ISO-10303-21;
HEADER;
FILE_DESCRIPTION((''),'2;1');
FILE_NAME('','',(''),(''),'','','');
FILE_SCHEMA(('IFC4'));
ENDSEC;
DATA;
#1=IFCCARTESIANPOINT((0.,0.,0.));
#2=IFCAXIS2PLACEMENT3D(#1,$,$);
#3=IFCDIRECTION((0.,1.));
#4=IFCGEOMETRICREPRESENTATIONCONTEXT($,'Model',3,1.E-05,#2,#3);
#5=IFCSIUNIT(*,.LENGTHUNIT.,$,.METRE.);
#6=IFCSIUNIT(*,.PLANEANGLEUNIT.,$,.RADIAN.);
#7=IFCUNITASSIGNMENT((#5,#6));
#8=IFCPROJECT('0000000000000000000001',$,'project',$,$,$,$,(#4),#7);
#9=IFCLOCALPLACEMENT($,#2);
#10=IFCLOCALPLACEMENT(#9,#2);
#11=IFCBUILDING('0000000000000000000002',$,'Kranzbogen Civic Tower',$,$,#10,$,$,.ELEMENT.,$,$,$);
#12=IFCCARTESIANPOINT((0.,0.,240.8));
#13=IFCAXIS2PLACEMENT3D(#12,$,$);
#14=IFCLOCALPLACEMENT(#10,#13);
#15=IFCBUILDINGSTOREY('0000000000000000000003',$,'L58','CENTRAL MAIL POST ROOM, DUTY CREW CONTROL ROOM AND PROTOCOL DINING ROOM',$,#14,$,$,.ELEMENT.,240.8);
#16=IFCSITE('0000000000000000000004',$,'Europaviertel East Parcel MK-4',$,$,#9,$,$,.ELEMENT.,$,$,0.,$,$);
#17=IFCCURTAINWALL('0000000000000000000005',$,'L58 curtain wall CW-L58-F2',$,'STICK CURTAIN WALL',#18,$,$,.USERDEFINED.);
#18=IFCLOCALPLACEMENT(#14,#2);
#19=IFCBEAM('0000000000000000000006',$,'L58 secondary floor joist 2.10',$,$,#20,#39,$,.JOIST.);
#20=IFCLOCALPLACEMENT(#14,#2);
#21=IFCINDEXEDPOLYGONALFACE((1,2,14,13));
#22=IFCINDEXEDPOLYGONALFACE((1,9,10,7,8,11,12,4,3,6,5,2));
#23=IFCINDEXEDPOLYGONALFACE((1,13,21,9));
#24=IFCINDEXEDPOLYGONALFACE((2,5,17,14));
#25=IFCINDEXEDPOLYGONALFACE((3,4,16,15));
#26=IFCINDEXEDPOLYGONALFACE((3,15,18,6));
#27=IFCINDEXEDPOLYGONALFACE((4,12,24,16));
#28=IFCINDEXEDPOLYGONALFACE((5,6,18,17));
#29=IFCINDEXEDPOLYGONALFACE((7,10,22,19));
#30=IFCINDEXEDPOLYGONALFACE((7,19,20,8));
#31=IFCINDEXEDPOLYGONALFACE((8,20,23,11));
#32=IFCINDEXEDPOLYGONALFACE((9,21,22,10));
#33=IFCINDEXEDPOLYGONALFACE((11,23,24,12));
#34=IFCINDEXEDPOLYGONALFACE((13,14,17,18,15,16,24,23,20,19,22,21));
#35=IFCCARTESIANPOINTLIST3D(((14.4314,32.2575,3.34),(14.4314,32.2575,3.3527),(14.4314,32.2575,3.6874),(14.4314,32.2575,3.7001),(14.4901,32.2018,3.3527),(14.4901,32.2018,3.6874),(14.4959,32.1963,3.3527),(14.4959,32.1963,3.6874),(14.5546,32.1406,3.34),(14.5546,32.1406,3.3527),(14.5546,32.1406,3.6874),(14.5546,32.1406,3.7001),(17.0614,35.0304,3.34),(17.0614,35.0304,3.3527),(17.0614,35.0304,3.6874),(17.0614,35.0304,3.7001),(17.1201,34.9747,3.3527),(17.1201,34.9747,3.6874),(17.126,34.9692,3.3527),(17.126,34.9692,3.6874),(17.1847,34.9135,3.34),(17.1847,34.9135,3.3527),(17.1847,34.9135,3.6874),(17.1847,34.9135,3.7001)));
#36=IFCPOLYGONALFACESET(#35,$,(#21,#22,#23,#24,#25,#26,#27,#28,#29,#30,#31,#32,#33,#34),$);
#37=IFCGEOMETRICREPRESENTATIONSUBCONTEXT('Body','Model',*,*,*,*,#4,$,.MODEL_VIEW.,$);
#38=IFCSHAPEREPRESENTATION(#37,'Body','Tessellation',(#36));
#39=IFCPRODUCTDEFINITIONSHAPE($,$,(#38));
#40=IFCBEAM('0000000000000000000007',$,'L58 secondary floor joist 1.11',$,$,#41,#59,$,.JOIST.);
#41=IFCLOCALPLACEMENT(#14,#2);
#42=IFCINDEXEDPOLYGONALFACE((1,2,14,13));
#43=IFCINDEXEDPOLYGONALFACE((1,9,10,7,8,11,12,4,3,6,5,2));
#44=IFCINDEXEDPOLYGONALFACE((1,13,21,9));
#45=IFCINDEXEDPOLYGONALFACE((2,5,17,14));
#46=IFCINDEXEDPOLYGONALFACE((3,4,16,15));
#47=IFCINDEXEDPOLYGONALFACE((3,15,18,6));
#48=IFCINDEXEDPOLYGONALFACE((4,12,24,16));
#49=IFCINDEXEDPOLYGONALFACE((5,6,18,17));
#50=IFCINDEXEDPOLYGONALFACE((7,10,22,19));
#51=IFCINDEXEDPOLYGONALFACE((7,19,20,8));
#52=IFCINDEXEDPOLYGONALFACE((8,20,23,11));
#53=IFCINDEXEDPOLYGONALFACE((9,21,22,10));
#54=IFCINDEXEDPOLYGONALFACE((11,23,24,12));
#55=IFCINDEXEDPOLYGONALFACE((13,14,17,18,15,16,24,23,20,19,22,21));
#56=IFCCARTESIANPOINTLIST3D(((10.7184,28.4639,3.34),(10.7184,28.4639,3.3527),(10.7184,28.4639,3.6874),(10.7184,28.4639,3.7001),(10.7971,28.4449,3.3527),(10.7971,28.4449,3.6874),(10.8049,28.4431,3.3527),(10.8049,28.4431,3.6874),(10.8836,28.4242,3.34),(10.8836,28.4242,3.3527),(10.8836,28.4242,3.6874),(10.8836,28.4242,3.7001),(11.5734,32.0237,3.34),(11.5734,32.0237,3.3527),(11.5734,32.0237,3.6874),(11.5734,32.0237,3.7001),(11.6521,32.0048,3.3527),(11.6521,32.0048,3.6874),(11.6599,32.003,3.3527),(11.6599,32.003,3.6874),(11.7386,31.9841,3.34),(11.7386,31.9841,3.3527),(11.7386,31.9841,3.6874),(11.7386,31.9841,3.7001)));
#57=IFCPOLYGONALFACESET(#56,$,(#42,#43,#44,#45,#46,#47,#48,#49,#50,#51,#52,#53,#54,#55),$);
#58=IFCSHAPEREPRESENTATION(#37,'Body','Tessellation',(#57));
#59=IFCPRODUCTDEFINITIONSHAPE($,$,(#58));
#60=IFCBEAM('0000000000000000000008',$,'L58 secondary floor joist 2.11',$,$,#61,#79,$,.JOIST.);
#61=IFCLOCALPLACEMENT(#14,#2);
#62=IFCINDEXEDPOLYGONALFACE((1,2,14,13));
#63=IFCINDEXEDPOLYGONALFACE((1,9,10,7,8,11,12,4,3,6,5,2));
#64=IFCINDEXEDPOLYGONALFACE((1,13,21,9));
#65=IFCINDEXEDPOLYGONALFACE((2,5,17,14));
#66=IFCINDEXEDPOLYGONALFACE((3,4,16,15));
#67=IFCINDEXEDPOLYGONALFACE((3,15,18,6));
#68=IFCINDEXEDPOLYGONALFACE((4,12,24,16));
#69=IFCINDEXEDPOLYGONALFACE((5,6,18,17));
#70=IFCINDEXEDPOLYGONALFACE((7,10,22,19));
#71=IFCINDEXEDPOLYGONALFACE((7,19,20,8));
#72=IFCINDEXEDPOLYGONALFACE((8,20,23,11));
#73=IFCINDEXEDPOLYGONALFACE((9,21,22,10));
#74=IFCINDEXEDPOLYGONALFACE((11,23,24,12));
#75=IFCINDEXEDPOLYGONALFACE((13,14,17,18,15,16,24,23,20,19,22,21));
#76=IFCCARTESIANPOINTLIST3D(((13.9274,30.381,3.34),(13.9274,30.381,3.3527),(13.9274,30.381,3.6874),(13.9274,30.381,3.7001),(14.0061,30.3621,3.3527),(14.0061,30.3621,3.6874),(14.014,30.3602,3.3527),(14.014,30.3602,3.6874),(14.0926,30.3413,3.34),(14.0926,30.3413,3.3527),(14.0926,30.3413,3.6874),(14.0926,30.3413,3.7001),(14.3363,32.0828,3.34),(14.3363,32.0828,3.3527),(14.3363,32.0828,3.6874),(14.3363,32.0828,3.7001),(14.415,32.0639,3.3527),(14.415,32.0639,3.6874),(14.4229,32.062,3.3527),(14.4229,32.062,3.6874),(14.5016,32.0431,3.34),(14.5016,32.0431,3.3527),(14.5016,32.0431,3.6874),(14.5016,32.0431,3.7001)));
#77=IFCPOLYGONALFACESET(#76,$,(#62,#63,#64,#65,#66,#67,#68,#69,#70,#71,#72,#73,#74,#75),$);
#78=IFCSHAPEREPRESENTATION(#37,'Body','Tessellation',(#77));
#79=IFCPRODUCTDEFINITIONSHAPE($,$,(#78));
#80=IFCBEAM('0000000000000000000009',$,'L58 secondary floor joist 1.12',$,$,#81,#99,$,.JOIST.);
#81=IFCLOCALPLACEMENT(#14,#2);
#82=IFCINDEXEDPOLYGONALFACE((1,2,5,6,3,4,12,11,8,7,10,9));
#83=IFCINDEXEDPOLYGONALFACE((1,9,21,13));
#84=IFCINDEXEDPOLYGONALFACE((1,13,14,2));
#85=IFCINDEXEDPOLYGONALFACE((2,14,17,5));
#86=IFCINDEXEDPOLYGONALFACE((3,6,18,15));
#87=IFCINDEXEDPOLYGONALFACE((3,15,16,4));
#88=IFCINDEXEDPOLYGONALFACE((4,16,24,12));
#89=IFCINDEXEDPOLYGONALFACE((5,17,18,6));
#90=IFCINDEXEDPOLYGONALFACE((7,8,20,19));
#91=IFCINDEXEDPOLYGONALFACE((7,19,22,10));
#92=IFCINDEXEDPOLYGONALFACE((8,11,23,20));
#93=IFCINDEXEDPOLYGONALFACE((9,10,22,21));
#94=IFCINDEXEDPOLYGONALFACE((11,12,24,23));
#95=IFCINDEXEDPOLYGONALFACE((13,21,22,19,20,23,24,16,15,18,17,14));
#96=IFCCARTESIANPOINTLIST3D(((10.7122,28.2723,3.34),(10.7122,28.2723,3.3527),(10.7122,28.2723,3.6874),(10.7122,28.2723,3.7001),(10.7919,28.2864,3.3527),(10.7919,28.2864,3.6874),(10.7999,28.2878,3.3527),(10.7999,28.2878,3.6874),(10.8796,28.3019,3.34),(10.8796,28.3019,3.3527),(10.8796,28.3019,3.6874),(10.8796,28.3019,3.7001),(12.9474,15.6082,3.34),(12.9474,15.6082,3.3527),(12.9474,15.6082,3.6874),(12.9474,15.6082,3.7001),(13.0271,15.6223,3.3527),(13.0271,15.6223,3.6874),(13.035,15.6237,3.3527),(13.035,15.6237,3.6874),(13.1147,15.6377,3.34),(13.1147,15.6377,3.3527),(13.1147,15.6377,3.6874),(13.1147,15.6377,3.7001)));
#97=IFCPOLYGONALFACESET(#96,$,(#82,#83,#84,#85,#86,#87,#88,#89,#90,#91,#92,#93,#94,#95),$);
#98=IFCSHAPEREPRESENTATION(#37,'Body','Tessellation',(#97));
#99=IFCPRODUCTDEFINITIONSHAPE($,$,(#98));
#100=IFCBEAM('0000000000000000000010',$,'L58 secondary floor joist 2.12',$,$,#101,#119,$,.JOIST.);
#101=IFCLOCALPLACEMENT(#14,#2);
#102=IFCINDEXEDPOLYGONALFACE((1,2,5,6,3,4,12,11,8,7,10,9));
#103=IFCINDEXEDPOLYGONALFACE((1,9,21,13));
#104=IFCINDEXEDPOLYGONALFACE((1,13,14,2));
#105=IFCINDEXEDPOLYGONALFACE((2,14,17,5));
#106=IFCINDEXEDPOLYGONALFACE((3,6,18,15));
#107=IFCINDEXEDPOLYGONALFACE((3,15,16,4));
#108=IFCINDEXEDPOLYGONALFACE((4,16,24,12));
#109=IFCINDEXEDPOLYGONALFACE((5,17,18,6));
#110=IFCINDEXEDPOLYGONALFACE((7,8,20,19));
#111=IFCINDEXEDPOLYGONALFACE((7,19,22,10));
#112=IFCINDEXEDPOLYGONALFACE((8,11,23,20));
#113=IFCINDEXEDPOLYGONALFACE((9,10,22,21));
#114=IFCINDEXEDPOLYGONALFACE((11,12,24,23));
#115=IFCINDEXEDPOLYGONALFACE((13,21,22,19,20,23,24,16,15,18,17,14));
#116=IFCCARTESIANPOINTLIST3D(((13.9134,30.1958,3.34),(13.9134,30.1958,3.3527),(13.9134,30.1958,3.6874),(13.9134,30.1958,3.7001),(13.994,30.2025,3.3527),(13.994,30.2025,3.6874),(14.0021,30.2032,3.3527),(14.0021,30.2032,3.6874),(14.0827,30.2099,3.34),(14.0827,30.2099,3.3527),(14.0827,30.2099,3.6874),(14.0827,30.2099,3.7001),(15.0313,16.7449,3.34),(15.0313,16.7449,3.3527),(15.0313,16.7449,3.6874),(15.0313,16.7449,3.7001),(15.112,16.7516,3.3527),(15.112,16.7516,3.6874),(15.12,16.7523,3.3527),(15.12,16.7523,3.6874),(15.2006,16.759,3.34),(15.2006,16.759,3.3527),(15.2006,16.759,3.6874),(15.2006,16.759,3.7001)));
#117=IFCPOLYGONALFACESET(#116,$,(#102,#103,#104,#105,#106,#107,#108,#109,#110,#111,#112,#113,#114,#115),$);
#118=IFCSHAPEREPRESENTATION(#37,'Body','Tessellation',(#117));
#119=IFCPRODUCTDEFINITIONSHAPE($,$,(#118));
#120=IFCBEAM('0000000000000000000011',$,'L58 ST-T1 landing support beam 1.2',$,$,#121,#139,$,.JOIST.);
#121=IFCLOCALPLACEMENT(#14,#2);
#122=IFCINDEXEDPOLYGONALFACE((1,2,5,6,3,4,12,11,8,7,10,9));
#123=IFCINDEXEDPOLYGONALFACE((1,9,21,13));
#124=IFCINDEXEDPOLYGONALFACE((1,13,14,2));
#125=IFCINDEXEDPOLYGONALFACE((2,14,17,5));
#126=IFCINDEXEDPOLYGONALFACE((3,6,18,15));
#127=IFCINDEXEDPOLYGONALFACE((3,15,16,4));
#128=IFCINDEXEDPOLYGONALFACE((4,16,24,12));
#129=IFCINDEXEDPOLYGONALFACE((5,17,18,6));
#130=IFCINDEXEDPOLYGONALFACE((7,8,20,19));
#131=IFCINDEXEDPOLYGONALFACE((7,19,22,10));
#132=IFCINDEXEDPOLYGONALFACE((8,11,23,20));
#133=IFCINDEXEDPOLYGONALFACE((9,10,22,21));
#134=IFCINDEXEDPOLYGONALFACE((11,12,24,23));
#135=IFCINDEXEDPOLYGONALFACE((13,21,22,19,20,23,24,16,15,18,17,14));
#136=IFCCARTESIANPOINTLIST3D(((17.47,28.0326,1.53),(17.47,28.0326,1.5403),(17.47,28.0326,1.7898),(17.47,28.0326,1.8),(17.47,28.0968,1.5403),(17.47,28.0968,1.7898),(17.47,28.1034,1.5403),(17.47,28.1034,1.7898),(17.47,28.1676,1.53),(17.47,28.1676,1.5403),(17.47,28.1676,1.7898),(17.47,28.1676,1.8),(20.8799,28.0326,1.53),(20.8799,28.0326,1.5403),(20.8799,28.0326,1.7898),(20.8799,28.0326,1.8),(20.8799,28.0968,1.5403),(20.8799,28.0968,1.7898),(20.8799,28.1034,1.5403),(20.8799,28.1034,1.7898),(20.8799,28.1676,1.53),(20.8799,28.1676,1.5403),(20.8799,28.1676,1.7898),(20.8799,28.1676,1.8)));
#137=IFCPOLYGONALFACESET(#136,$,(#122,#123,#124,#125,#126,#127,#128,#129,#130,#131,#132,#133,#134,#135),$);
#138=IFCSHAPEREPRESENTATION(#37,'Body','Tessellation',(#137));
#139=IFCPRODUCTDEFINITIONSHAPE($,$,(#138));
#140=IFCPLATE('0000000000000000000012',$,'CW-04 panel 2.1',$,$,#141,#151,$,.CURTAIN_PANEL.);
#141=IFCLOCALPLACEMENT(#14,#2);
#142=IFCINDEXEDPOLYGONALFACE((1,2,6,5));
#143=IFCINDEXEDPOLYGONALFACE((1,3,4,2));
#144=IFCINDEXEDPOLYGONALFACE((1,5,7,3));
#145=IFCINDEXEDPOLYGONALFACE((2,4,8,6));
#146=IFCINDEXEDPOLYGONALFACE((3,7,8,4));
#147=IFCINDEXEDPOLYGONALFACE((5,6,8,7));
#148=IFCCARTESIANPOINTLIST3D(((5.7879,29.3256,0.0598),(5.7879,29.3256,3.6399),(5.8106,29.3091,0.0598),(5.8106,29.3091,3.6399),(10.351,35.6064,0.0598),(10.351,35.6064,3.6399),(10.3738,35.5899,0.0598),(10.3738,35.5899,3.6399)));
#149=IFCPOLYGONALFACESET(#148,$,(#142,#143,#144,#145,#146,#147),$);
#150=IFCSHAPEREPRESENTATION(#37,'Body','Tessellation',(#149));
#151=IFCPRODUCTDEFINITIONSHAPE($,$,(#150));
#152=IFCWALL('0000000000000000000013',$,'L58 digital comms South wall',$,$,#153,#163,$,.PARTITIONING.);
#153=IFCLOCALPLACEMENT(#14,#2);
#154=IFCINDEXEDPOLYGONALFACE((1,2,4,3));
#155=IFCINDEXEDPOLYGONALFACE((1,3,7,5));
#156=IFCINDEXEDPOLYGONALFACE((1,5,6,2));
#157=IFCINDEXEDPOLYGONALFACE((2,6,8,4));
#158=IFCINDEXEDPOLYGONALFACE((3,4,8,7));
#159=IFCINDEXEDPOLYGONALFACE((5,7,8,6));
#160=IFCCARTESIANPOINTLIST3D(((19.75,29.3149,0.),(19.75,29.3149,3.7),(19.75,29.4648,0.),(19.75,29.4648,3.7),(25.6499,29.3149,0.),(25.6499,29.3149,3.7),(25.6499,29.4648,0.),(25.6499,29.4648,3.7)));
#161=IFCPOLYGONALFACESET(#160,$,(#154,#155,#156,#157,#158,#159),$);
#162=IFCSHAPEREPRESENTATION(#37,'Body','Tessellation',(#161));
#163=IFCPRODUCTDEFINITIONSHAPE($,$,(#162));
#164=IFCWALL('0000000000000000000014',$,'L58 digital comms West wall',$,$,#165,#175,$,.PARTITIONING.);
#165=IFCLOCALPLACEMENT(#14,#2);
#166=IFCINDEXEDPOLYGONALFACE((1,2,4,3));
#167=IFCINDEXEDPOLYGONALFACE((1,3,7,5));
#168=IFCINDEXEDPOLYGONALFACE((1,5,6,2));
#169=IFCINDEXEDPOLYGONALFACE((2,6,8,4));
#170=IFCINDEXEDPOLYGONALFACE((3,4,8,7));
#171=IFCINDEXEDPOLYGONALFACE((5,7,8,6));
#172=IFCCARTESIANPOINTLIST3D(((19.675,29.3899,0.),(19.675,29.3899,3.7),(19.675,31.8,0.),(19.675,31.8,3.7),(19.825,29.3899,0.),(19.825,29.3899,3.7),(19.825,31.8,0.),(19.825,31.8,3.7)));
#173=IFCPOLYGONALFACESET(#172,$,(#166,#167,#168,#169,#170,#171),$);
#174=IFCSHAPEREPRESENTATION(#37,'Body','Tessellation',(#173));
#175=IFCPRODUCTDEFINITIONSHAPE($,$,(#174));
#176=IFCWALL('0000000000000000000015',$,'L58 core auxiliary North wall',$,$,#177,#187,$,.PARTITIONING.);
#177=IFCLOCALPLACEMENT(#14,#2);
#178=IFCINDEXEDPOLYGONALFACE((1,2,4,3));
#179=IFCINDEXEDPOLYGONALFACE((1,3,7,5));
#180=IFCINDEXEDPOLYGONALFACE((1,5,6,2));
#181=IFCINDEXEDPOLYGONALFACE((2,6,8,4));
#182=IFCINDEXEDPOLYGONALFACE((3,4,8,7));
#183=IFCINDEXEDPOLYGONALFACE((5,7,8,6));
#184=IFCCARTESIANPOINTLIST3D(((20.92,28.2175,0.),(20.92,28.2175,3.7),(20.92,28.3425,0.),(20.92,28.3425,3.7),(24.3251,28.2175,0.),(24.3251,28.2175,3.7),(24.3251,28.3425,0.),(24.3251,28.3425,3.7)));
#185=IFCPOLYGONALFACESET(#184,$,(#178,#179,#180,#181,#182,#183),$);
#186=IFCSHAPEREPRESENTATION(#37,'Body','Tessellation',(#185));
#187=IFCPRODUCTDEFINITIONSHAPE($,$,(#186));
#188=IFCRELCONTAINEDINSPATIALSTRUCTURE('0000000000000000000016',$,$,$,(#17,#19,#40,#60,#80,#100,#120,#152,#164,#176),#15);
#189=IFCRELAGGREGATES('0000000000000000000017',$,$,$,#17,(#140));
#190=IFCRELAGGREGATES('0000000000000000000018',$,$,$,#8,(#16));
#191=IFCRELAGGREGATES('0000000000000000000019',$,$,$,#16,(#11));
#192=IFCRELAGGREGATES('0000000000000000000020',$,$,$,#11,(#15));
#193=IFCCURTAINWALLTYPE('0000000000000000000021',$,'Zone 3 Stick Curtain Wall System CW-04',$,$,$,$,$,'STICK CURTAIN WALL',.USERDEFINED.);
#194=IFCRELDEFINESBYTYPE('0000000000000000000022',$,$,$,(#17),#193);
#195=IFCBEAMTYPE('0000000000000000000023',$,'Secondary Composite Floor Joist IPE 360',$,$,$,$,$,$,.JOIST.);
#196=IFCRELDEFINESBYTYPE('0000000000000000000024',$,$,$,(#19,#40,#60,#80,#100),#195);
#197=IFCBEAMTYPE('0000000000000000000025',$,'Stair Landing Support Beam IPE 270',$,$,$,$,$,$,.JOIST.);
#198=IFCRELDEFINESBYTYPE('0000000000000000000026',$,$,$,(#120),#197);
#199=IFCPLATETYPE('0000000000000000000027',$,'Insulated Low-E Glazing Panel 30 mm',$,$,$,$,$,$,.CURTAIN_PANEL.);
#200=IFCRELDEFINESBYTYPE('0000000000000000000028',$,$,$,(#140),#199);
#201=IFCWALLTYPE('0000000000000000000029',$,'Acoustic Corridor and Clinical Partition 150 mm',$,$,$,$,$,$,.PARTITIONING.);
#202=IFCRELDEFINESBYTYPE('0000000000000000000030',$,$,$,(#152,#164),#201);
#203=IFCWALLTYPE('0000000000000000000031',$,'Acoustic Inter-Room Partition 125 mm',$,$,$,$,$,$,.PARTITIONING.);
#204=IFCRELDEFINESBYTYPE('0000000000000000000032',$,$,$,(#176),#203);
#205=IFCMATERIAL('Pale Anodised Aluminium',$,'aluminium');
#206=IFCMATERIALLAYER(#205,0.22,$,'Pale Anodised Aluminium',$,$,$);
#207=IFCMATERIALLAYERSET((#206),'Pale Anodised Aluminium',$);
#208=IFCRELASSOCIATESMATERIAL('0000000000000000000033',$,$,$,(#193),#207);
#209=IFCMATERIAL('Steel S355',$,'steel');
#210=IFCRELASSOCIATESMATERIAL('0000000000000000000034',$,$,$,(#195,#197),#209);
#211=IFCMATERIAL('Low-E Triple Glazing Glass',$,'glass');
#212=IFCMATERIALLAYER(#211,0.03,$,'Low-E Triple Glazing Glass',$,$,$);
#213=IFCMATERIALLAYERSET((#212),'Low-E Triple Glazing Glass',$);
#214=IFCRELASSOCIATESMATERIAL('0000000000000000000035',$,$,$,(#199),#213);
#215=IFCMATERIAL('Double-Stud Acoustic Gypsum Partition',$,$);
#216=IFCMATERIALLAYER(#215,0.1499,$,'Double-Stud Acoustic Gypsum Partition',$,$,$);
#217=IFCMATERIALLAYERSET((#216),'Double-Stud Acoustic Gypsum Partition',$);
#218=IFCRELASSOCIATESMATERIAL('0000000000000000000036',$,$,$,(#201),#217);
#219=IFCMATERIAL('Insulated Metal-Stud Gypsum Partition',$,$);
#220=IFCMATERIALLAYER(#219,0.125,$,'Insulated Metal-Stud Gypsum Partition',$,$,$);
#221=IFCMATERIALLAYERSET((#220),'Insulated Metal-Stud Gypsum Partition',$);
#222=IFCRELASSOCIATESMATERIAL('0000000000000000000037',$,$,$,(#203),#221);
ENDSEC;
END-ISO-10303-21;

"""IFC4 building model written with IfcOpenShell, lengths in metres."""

from ifc_helpers import new_model, si_unit, direction, frame, frame_2d, origin, origin_2d, place, context, subcontext, project, spatial, rectangle, i_section, extrude, material, layer, layer_set, material_profile, profile_set, type_object, element, aggregate, save


model = new_model("IFC4")

# Units and contexts
model_context = context("Model", 3, precision=1e-05, world=origin(), true_north=direction((0.0, 1.0)))
body_context = subcontext(model_context, "Body", "Model", "MODEL_VIEW")
ifc_project = project(units=[si_unit("LENGTHUNIT", "METRE"), si_unit("PLANEANGLEUNIT", "RADIAN")], contexts=[model_context])

# Site, building, storey
site_placement = place(None, origin())
site = spatial("IfcSite", under=ifc_project, at=site_placement, Name="Europaviertel East Parcel MK-4", CompositionType="ELEMENT", RefElevation=0.0)
building_placement = place(site_placement, origin())
building = spatial("IfcBuilding", under=site, at=building_placement, Name="Kranzbogen Civic Tower", CompositionType="ELEMENT")
storey_placement = place(building_placement, frame((0.0, 0.0, 240.8)))
storey = spatial("IfcBuildingStorey", under=building, at=storey_placement, Name="L58", Description="CENTRAL MAIL POST ROOM, DUTY CREW CONTROL ROOM AND PROTOCOL DINING ROOM", CompositionType="ELEMENT", Elevation=240.8)

# Shared definitions
ifc_material_1 = material(Name="Steel S355", Category="steel")

# Curtain wall
ifc_material_2 = material(Name="Pale Anodised Aluminium", Category="aluminium")
ifc_layer_1 = layer(ifc_material_2, 0.22, Name="Pale Anodised Aluminium")
ifc_layer_set_1 = layer_set([ifc_layer_1], Name="Pale Anodised Aluminium")
curtain_wall_type = type_object("IfcCurtainWallType", Name="Zone 3 Stick Curtain Wall System CW-04", ElementType="STICK CURTAIN WALL", PredefinedType="USERDEFINED", material=ifc_layer_set_1)
curtain_wall_placement = place(storey_placement, origin())
curtain_wall = element("IfcCurtainWall", 1, at=curtain_wall_placement, inside=storey, type_object=curtain_wall_type, Name="L58 curtain wall CW-L58-F2", ObjectType="STICK CURTAIN WALL", PredefinedType="USERDEFINED")

# Beams
ifc_material_profile_1 = material_profile(ifc_material_1, i_section(OverallWidth=0.1699, OverallDepth=0.3601, WebThickness=0.0081, FlangeThickness=0.0127, at=origin_2d()), Name="IPE 360")
ifc_profile_set_1 = profile_set([ifc_material_profile_1], Name="Steel S355")
beam_type_1 = type_object("IfcBeamType", Name="Secondary Composite Floor Joist IPE 360", PredefinedType="JOIST", material=ifc_profile_set_1)
beam_1_placement = place(storey_placement, frame((17.123, 34.9719, 3.52), z_axis=(-0.688175, -0.725545, 0.0), x_axis=(0.725545, -0.688175, 0.0)))
element("IfcBeam", 2, at=beam_1_placement, inside=storey, type_object=beam_type_1, Name="L58 secondary floor joist 2.10", PredefinedType="JOIST", context=body_context, shape_type="SweptSolid", body=[
    extrude(i_section(OverallWidth=0.1699, OverallDepth=0.3601, WebThickness=0.0081, FlangeThickness=0.0127, at=origin_2d()), origin(), (0.0, 0.0, 1.0), 3.8218),
])
beam_2_placement = place(storey_placement, frame((11.656, 32.0039, 3.52), z_axis=(-0.233534, -0.972349, 0.0), x_axis=(0.972349, -0.233534, 0.0)))
element("IfcBeam", 3, at=beam_2_placement, inside=storey, type_object=beam_type_1, Name="L58 secondary floor joist 1.11", PredefinedType="JOIST", context=body_context, shape_type="SweptSolid", body=[
    extrude(i_section(OverallWidth=0.1699, OverallDepth=0.3601, WebThickness=0.0081, FlangeThickness=0.0127, at=origin_2d()), origin(), (0.0, 0.0, 1.0), 3.6611),
])
beam_3_placement = place(storey_placement, frame((14.4189, 32.063, 3.52), z_axis=(-0.233631, -0.972325, 0.0), x_axis=(0.972325, -0.233631, 0.0)))
element("IfcBeam", 4, at=beam_3_placement, inside=storey, type_object=beam_type_1, Name="L58 secondary floor joist 2.11", PredefinedType="JOIST", context=body_context, shape_type="SweptSolid", body=[
    extrude(i_section(OverallWidth=0.1699, OverallDepth=0.3601, WebThickness=0.0081, FlangeThickness=0.0127, at=origin_2d()), origin(), (0.0, 0.0, 1.0), 1.7502),
])
beam_4_placement = place(storey_placement, frame((10.7959, 28.2871, 3.52), z_axis=(0.173806, -0.98478, 0.0), x_axis=(0.98478, 0.173806, 0.0)))
element("IfcBeam", 5, at=beam_4_placement, inside=storey, type_object=beam_type_1, Name="L58 secondary floor joist 1.12", PredefinedType="JOIST", context=body_context, shape_type="SweptSolid", body=[
    extrude(i_section(OverallWidth=0.1699, OverallDepth=0.3601, WebThickness=0.0081, FlangeThickness=0.0127, at=origin_2d()), origin(), (0.0, 0.0, 1.0), 12.8599),
])
beam_5_placement = place(storey_placement, frame((13.998, 30.2029, 3.52), z_axis=(0.082825, -0.996564, 0.0), x_axis=(0.996564, 0.082825, 0.0)))
element("IfcBeam", 6, at=beam_5_placement, inside=storey, type_object=beam_type_1, Name="L58 secondary floor joist 2.12", PredefinedType="JOIST", context=body_context, shape_type="SweptSolid", body=[
    extrude(i_section(OverallWidth=0.1699, OverallDepth=0.3601, WebThickness=0.0081, FlangeThickness=0.0127, at=origin_2d()), origin(), (0.0, 0.0, 1.0), 13.4973),
])
ifc_material_profile_2 = material_profile(ifc_material_1, i_section(OverallWidth=0.135, OverallDepth=0.27, WebThickness=0.0066, FlangeThickness=0.0103, at=origin_2d()), Name="IPE 270")
ifc_profile_set_2 = profile_set([ifc_material_profile_2], Name="Steel S355")
beam_type_2 = type_object("IfcBeamType", Name="Stair Landing Support Beam IPE 270", PredefinedType="JOIST", material=ifc_profile_set_2)
beam_6_placement = place(storey_placement, frame((20.8799, 28.1001, 1.665), z_axis=(-1.0, 0.0, 0.0), x_axis=(0.0, -1.0, 0.0)))
element("IfcBeam", 7, at=beam_6_placement, inside=storey, type_object=beam_type_2, Name="L58 ST-T1 landing support beam 1.2", PredefinedType="JOIST", context=body_context, shape_type="SweptSolid", body=[
    extrude(i_section(OverallWidth=0.135, OverallDepth=0.27, WebThickness=0.0066, FlangeThickness=0.0103, at=origin_2d()), origin(), (0.0, 0.0, 1.0), 3.4099),
])

# Plate
ifc_material_3 = material(Name="Low-E Triple Glazing Glass", Category="glass")
ifc_layer_2 = layer(ifc_material_3, 0.03, Name="Low-E Triple Glazing Glass")
ifc_layer_set_2 = layer_set([ifc_layer_2], Name="Low-E Triple Glazing Glass")
plate_type = type_object("IfcPlateType", Name="Insulated Low-E Glazing Panel 30 mm", PredefinedType="CURTAIN_PANEL", material=ifc_layer_set_2)
plate_placement = place(storey_placement, frame((8.0808, 32.4578, 0.0598), z_axis=(0.0, 0.0, 1.0), x_axis=(-0.587778, -0.809022, 0.0)))
plate = element("IfcPlate", 8, at=plate_placement, type_object=plate_type, Name="CW-04 panel 2.1", PredefinedType="CURTAIN_PANEL", context=body_context, shape_type="SweptSolid", body=[
    extrude(rectangle(XDim=7.7634, YDim=0.0281, at=origin_2d()), origin(), (0.0, 0.0, 1.0), 3.5801),
])
aggregate(curtain_wall, [plate])

# Walls
ifc_material_4 = material(Name="Double-Stud Acoustic Gypsum Partition")
ifc_layer_3 = layer(ifc_material_4, 0.1499, Name="Double-Stud Acoustic Gypsum Partition")
ifc_layer_set_3 = layer_set([ifc_layer_3], Name="Double-Stud Acoustic Gypsum Partition")
wall_type_1 = type_object("IfcWallType", Name="Acoustic Corridor and Clinical Partition 150 mm", PredefinedType="PARTITIONING", material=ifc_layer_set_3)
wall_1_placement = place(storey_placement, frame((19.75, 29.3899, 0.0), z_axis=(0.0, 0.0, 1.0), x_axis=(1.0, 0.0, 0.0)))
element("IfcWall", 9, at=wall_1_placement, inside=storey, type_object=wall_type_1, Name="L58 digital comms South wall", PredefinedType="PARTITIONING", context=body_context, shape_type="SweptSolid", body=[
    extrude(rectangle(XDim=5.8999, YDim=0.1499, at=frame_2d((2.95, 0.0))), origin(), (0.0, 0.0, 1.0), 3.7),
])
wall_2_placement = place(storey_placement, frame((19.75, 29.3899, 0.0), z_axis=(0.0, 0.0, 1.0), x_axis=(0.0, 1.0, 0.0)))
element("IfcWall", 10, at=wall_2_placement, inside=storey, type_object=wall_type_1, Name="L58 digital comms West wall", PredefinedType="PARTITIONING", context=body_context, shape_type="SweptSolid", body=[
    extrude(rectangle(XDim=2.4102, YDim=0.1499, at=frame_2d((1.2051, 0.0))), origin(), (0.0, 0.0, 1.0), 3.7),
])
ifc_material_5 = material(Name="Insulated Metal-Stud Gypsum Partition")
ifc_layer_4 = layer(ifc_material_5, 0.125, Name="Insulated Metal-Stud Gypsum Partition")
ifc_layer_set_4 = layer_set([ifc_layer_4], Name="Insulated Metal-Stud Gypsum Partition")
wall_type_2 = type_object("IfcWallType", Name="Acoustic Inter-Room Partition 125 mm", PredefinedType="PARTITIONING", material=ifc_layer_set_4)
wall_3_placement = place(storey_placement, frame((20.9199, 28.28, 0.0), z_axis=(0.0, 0.0, 1.0), x_axis=(1.0, 0.0, 0.0)))
element("IfcWall", 11, at=wall_3_placement, inside=storey, type_object=wall_type_2, Name="L58 core auxiliary North wall", PredefinedType="PARTITIONING", context=body_context, shape_type="SweptSolid", body=[
    extrude(rectangle(XDim=3.405, YDim=0.125, at=frame_2d((1.7026, 0.0))), origin(), (0.0, 0.0, 1.0), 3.7),
])

save(model, "model.ifc")
